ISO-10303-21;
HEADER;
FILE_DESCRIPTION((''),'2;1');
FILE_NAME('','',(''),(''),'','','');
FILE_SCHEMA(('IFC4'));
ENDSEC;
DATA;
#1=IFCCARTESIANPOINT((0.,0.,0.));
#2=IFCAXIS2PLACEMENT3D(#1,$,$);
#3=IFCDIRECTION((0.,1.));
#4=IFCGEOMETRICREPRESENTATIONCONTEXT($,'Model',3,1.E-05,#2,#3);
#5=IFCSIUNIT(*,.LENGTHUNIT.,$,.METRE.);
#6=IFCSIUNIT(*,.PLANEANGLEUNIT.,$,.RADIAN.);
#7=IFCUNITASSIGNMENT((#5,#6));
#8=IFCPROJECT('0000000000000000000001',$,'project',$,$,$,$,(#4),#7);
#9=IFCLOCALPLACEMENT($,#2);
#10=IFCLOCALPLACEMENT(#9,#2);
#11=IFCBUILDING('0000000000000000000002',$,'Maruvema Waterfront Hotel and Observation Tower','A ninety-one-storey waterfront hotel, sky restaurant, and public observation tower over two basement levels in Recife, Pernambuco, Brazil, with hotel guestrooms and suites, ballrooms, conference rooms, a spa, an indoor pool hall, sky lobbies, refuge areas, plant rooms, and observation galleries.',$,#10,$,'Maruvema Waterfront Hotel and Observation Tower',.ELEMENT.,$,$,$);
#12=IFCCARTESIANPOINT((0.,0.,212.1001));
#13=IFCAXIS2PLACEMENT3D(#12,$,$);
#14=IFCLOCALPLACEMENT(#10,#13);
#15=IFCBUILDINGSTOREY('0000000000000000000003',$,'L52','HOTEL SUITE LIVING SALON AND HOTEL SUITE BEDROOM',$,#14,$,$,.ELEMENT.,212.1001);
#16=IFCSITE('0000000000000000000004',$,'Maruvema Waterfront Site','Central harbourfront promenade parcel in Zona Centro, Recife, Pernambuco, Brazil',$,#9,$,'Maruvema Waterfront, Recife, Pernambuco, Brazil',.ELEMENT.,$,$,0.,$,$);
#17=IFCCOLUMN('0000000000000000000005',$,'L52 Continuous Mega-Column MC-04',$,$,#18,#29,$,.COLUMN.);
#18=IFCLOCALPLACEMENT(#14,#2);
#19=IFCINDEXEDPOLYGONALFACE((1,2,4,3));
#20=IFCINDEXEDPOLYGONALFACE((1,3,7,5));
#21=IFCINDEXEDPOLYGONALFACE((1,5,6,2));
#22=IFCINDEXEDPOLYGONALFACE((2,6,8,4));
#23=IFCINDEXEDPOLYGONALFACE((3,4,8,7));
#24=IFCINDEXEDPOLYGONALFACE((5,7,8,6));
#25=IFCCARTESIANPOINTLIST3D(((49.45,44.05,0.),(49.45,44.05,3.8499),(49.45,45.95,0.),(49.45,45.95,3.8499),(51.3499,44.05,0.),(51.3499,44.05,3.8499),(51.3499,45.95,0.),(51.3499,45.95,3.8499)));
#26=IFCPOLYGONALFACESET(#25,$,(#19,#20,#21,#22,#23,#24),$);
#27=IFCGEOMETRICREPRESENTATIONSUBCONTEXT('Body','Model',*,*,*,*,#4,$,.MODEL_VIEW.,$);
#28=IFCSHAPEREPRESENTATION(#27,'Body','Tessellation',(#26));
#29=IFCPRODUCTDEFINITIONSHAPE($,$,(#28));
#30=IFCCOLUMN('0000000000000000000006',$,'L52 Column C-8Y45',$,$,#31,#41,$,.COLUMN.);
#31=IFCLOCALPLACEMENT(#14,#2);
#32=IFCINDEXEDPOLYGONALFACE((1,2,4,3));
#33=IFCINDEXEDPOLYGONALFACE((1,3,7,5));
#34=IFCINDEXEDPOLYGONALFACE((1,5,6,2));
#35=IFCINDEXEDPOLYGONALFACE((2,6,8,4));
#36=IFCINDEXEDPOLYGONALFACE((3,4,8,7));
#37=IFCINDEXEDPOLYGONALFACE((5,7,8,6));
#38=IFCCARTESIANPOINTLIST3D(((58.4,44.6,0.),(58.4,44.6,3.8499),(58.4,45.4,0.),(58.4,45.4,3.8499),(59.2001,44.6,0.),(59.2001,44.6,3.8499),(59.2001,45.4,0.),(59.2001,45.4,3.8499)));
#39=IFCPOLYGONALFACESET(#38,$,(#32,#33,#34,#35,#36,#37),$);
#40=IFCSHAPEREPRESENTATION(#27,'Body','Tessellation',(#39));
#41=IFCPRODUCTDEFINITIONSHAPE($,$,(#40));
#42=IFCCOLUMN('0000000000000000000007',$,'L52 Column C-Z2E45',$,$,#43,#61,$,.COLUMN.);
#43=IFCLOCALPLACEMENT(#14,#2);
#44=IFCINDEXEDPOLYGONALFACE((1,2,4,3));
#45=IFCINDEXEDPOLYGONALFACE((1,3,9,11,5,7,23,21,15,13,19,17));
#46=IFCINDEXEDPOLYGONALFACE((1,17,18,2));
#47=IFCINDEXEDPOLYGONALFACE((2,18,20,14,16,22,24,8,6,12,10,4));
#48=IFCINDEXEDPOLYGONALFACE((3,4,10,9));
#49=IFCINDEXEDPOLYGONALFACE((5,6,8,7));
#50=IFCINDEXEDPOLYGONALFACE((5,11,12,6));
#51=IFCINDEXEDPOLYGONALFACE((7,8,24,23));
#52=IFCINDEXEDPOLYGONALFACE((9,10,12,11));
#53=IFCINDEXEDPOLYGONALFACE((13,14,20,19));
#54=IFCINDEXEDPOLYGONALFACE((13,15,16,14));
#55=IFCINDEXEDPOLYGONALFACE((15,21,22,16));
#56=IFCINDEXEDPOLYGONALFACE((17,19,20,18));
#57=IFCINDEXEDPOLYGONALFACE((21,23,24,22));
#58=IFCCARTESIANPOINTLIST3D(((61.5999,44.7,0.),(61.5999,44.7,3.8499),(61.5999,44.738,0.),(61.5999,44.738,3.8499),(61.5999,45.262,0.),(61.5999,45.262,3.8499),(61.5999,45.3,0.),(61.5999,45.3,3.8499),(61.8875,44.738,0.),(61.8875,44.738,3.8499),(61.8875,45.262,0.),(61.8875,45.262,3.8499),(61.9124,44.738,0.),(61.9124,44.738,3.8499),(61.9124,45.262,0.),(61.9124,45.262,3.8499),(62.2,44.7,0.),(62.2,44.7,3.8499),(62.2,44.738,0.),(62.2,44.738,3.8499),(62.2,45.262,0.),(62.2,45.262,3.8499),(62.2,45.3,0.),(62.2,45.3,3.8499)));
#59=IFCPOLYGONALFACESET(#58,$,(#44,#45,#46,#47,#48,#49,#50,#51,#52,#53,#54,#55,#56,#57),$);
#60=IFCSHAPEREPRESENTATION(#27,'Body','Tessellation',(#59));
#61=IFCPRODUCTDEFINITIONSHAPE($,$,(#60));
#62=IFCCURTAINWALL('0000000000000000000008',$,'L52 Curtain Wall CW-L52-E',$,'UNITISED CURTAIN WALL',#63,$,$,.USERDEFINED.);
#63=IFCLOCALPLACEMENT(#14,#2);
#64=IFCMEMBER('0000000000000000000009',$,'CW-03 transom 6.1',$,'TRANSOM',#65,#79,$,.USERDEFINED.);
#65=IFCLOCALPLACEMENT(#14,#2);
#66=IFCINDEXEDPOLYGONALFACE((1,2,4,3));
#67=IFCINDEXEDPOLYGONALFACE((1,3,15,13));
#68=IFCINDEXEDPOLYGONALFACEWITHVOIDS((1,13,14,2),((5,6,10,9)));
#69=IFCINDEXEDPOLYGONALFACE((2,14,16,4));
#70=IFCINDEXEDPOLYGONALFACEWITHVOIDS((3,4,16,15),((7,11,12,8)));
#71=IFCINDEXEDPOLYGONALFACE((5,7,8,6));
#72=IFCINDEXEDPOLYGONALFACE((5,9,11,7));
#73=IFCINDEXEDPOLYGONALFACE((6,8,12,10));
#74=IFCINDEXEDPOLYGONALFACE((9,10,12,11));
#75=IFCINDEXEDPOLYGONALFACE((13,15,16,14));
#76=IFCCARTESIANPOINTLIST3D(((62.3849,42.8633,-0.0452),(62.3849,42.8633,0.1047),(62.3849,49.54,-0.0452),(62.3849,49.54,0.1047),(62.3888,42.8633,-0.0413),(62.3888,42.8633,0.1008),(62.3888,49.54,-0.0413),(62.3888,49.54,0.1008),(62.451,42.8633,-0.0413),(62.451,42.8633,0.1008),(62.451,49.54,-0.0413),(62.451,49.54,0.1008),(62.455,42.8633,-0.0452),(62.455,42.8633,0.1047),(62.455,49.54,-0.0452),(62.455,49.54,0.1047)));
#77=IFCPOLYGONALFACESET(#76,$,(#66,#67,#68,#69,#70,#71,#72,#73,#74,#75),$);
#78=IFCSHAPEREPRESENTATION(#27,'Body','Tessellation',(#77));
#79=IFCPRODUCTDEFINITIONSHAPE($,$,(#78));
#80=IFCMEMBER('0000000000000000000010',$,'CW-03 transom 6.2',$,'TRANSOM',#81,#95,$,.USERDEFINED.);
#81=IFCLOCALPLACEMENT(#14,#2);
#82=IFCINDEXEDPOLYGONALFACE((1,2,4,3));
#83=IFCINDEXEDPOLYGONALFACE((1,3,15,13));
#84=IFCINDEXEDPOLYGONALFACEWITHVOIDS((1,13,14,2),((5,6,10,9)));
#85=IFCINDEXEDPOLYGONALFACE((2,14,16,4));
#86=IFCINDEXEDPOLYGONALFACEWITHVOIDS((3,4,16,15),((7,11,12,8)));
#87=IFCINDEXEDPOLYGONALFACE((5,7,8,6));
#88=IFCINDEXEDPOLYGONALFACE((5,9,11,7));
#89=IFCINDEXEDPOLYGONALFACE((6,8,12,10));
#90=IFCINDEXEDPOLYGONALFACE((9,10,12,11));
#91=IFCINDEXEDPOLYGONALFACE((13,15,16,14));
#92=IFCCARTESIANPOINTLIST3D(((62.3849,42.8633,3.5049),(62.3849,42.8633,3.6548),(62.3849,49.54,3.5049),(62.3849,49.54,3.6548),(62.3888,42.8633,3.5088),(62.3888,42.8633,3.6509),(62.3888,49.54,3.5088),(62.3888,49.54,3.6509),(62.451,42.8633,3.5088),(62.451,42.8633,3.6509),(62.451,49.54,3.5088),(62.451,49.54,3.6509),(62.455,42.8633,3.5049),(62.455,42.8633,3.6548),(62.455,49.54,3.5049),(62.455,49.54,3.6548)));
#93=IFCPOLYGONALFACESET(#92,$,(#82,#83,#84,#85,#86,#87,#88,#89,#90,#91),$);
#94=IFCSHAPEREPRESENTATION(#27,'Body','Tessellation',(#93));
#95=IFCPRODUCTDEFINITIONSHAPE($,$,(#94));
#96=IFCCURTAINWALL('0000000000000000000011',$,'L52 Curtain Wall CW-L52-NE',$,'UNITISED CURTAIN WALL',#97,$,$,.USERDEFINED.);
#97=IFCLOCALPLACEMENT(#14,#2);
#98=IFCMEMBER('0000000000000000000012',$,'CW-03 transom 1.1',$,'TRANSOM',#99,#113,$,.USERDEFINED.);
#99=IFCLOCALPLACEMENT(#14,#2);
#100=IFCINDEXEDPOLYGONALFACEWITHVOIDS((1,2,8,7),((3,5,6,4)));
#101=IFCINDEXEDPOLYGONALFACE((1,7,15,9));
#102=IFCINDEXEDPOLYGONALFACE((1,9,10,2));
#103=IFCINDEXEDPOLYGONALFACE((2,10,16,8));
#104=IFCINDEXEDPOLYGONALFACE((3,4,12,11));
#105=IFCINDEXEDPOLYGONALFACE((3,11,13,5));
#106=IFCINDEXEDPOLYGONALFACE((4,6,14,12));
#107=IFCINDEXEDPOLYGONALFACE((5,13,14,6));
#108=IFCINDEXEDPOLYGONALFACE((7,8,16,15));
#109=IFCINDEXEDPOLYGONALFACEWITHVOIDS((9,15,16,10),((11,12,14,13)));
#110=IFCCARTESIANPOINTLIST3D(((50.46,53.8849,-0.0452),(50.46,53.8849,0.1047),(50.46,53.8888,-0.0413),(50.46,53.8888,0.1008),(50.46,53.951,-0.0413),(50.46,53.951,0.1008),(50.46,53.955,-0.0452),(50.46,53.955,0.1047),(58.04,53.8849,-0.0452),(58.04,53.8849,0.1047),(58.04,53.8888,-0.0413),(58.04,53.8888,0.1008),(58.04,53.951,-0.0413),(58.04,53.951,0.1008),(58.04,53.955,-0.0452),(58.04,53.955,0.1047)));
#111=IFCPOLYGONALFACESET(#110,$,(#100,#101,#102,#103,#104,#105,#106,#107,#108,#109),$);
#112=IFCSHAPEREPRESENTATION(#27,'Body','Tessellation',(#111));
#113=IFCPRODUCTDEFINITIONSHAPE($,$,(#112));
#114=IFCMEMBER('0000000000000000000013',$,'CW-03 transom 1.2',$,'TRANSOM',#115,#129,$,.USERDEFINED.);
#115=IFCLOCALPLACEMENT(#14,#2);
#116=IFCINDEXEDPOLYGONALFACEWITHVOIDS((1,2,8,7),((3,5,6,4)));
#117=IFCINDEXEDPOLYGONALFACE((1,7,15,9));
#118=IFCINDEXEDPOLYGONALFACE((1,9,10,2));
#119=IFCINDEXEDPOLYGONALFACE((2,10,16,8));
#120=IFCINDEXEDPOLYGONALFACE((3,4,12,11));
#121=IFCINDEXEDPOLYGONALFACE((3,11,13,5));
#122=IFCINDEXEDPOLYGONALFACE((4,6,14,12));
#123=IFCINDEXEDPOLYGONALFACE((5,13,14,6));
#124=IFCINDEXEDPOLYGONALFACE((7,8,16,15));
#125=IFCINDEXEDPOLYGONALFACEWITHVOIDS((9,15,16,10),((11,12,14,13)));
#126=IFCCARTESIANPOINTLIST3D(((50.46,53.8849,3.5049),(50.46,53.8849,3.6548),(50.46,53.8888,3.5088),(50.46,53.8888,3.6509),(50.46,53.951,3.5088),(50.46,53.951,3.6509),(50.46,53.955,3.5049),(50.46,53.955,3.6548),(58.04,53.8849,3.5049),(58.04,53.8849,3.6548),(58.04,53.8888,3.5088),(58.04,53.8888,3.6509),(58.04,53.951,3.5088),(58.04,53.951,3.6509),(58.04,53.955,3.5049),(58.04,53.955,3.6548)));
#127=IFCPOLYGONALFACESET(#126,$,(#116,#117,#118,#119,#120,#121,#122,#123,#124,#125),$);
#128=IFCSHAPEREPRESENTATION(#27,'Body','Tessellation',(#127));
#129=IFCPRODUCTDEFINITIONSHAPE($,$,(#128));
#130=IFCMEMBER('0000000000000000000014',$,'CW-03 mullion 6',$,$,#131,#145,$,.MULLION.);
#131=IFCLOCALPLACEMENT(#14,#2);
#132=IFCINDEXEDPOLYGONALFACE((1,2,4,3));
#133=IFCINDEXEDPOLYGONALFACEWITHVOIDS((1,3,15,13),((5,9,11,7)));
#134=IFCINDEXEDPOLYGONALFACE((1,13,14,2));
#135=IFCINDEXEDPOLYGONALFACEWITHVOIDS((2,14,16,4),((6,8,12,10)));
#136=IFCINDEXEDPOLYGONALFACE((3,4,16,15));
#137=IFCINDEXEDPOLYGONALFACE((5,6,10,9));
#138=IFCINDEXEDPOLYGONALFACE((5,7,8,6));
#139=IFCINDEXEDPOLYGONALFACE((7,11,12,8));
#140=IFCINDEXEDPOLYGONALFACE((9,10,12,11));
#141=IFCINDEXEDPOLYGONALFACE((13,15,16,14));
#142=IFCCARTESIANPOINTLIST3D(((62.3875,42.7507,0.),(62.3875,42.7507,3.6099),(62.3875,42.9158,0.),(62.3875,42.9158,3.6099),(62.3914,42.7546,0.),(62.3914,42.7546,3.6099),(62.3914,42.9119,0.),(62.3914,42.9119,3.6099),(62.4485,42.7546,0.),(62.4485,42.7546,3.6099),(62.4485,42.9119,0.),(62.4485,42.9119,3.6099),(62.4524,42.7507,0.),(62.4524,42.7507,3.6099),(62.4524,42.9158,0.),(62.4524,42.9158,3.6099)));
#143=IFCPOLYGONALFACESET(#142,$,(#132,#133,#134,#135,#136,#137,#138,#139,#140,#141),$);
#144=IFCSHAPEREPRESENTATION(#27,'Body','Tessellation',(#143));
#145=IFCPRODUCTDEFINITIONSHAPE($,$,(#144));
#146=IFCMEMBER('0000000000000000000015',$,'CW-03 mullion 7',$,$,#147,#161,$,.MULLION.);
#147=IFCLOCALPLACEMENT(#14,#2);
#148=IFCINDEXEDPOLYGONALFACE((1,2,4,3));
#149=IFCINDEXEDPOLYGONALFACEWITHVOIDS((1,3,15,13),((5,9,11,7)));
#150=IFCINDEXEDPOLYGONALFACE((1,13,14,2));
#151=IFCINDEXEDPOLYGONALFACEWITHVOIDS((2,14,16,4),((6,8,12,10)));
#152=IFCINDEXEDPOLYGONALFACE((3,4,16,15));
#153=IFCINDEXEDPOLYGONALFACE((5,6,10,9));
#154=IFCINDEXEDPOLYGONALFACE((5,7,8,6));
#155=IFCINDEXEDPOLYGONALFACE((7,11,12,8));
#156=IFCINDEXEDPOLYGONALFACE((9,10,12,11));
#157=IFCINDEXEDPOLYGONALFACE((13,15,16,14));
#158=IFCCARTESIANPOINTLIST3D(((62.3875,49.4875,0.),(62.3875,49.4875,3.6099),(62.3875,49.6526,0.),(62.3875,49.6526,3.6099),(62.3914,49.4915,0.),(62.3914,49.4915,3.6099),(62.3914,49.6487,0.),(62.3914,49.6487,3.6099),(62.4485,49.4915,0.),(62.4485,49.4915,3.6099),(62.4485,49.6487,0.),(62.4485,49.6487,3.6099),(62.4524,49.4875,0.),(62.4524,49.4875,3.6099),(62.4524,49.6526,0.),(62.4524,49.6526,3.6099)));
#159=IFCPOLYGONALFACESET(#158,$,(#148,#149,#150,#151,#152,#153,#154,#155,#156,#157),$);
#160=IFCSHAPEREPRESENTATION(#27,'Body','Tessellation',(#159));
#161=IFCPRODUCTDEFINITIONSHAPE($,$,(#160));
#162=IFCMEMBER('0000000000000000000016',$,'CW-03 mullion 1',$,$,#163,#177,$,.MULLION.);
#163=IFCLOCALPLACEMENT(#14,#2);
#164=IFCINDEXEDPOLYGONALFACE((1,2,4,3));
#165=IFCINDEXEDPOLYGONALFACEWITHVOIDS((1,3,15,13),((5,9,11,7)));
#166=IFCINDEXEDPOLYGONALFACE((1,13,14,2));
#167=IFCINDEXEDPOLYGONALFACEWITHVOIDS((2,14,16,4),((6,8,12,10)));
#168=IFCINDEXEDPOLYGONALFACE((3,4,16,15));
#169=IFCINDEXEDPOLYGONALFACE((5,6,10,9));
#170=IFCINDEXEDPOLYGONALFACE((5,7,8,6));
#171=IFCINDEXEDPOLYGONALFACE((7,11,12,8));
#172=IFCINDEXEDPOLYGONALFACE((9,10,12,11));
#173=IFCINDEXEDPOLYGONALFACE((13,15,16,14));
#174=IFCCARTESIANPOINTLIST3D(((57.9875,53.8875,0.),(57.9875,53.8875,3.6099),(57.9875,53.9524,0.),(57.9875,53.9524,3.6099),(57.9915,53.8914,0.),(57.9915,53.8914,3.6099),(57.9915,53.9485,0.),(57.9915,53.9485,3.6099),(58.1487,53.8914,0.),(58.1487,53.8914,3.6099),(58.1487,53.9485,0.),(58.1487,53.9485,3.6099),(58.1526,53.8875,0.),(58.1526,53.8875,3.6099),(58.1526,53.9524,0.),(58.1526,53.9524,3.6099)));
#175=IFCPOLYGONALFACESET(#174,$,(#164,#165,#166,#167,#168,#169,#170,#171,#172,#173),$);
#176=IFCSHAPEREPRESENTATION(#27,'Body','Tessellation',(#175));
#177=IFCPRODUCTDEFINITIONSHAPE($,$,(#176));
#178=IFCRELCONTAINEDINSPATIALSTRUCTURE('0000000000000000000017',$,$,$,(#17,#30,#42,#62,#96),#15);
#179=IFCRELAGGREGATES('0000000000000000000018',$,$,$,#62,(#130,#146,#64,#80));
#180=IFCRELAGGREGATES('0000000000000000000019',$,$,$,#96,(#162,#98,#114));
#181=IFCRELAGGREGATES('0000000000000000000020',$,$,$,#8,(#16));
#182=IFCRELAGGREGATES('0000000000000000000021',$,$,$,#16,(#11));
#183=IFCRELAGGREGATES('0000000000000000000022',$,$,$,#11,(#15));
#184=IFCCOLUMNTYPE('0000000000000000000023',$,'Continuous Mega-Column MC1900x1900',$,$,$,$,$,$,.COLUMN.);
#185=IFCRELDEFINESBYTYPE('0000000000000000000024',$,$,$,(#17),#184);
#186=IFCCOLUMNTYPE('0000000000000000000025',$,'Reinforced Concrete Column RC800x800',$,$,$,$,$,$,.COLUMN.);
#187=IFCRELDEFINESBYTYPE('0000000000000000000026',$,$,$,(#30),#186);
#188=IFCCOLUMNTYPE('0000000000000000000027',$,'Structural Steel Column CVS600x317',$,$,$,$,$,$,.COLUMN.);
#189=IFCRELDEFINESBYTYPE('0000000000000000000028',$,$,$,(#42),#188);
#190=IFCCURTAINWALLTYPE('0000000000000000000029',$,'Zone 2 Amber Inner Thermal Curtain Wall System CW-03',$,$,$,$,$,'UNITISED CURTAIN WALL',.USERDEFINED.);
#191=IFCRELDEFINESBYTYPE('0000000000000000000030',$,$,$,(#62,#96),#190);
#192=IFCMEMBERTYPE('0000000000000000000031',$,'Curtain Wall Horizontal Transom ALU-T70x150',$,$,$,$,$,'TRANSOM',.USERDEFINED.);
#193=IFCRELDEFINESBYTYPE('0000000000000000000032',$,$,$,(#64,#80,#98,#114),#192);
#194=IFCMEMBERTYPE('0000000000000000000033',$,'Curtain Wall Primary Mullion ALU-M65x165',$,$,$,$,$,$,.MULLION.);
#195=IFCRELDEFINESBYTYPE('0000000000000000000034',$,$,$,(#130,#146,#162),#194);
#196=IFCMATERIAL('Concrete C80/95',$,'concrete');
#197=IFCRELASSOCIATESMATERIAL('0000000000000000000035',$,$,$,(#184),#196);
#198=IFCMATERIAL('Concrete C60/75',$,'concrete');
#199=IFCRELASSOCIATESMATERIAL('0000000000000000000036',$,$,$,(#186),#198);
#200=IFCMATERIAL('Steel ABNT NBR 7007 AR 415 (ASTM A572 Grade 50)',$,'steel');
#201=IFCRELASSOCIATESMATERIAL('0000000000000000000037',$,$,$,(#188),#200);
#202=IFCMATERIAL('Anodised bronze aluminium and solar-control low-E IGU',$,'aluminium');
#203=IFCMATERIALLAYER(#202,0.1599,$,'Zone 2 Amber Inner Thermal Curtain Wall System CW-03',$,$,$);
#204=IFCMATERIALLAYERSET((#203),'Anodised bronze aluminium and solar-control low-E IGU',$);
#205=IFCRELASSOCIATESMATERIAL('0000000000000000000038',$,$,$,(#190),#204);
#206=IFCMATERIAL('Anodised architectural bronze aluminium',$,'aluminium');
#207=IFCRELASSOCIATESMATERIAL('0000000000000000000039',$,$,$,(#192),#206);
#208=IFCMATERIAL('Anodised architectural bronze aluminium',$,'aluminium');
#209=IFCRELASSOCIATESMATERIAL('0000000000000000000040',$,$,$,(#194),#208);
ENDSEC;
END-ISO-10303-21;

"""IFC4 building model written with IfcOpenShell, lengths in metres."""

from ifc_helpers import new_model, si_unit, direction, frame, origin, origin_2d, place, context, subcontext, project, spatial, rectangle, hollow_rectangle, i_section, extrude, material, layer, layer_set, material_profile, profile_set, type_object, element, aggregate, save


model = new_model("IFC4")

# Units and contexts
model_context = context("Model", 3, precision=1e-05, world=origin(), true_north=direction((0.0, 1.0)))
body_context = subcontext(model_context, "Body", "Model", "MODEL_VIEW")
ifc_project = project(units=[si_unit("LENGTHUNIT", "METRE"), si_unit("PLANEANGLEUNIT", "RADIAN")], contexts=[model_context])

# Site, building, storey
site_placement = place(None, origin())
site = spatial("IfcSite", under=ifc_project, at=site_placement, Name="Maruvema Waterfront Site", Description="Central harbourfront promenade parcel in Zona Centro, Recife, Pernambuco, Brazil", LongName="Maruvema Waterfront, Recife, Pernambuco, Brazil", CompositionType="ELEMENT", RefElevation=0.0)
building_placement = place(site_placement, origin())
building = spatial("IfcBuilding", under=site, at=building_placement, Name="Maruvema Waterfront Hotel and Observation Tower", Description="A ninety-one-storey waterfront hotel, sky restaurant, and public observation tower over two basement levels in Recife, Pernambuco, Brazil, with hotel guestrooms and suites, ballrooms, conference rooms, a spa, an indoor pool hall, sky lobbies, refuge areas, plant rooms, and observation galleries.", LongName="Maruvema Waterfront Hotel and Observation Tower", CompositionType="ELEMENT")
storey_placement = place(building_placement, frame((0.0, 0.0, 212.1001)))
storey = spatial("IfcBuildingStorey", under=building, at=storey_placement, Name="L52", Description="HOTEL SUITE LIVING SALON AND HOTEL SUITE BEDROOM", CompositionType="ELEMENT", Elevation=212.1001)

# Columns
ifc_material_1 = material(Name="Concrete C80/95", Category="concrete")
ifc_material_profile_1 = material_profile(ifc_material_1, rectangle(XDim=1.8999, YDim=1.8999, at=origin_2d()), Name="MC1900x1900")
ifc_profile_set_1 = profile_set([ifc_material_profile_1], Name="Concrete C80/95")
column_type_1 = type_object("IfcColumnType", Name="Continuous Mega-Column MC1900x1900", PredefinedType="COLUMN", material=ifc_profile_set_1)
column_1_placement = place(storey_placement, frame((50.3999, 45.0, 0.0), z_axis=(0.0, 0.0, 1.0), x_axis=(1.0, 0.0, 0.0)))
element("IfcColumn", 1, at=column_1_placement, inside=storey, type_object=column_type_1, Name="L52 Continuous Mega-Column MC-04", PredefinedType="COLUMN", context=body_context, shape_type="SweptSolid", body=[
    extrude(rectangle(XDim=1.8999, YDim=1.8999, at=origin_2d()), origin(), (0.0, 0.0, 1.0), 3.8499),
])
ifc_material_2 = material(Name="Concrete C60/75", Category="concrete")
ifc_material_profile_2 = material_profile(ifc_material_2, rectangle(XDim=0.8, YDim=0.8, at=origin_2d()), Name="RC800x800")
ifc_profile_set_2 = profile_set([ifc_material_profile_2], Name="Concrete C60/75")
column_type_2 = type_object("IfcColumnType", Name="Reinforced Concrete Column RC800x800", PredefinedType="COLUMN", material=ifc_profile_set_2)
column_2_placement = place(storey_placement, frame((58.8, 45.0, 0.0), z_axis=(0.0, 0.0, 1.0), x_axis=(1.0, 0.0, 0.0)))
element("IfcColumn", 2, at=column_2_placement, inside=storey, type_object=column_type_2, Name="L52 Column C-8Y45", PredefinedType="COLUMN", context=body_context, shape_type="SweptSolid", body=[
    extrude(rectangle(XDim=0.8, YDim=0.8, at=origin_2d()), origin(), (0.0, 0.0, 1.0), 3.8499),
])
ifc_material_3 = material(Name="Steel ABNT NBR 7007 AR 415 (ASTM A572 Grade 50)", Category="steel")
ifc_material_profile_3 = material_profile(ifc_material_3, i_section(OverallWidth=0.6001, OverallDepth=0.6001, WebThickness=0.0249, FlangeThickness=0.0381, at=origin_2d()), Name="CVS600x317")
ifc_profile_set_3 = profile_set([ifc_material_profile_3], Name="Steel ABNT NBR 7007 AR 415 (ASTM A572 Grade 50)")
column_type_3 = type_object("IfcColumnType", Name="Structural Steel Column CVS600x317", PredefinedType="COLUMN", material=ifc_profile_set_3)
column_3_placement = place(storey_placement, frame((61.8999, 45.0, 0.0), z_axis=(0.0, 0.0, 1.0), x_axis=(1.0, 0.0, 0.0)))
element("IfcColumn", 3, at=column_3_placement, inside=storey, type_object=column_type_3, Name="L52 Column C-Z2E45", PredefinedType="COLUMN", context=body_context, shape_type="SweptSolid", body=[
    extrude(i_section(OverallWidth=0.6001, OverallDepth=0.6001, WebThickness=0.0249, FlangeThickness=0.0381, at=origin_2d()), origin(), (0.0, 0.0, 1.0), 3.8499),
])

# Curtain walls, members
ifc_material_4 = material(Name="Anodised bronze aluminium and solar-control low-E IGU", Category="aluminium")
ifc_layer_1 = layer(ifc_material_4, 0.1599, Name="Zone 2 Amber Inner Thermal Curtain Wall System CW-03")
ifc_layer_set_1 = layer_set([ifc_layer_1], Name="Anodised bronze aluminium and solar-control low-E IGU")
curtain_wall_type = type_object("IfcCurtainWallType", Name="Zone 2 Amber Inner Thermal Curtain Wall System CW-03", ElementType="UNITISED CURTAIN WALL", PredefinedType="USERDEFINED", material=ifc_layer_set_1)
curtain_wall_1_placement = place(storey_placement, origin())
curtain_wall_1 = element("IfcCurtainWall", 4, at=curtain_wall_1_placement, inside=storey, type_object=curtain_wall_type, Name="L52 Curtain Wall CW-L52-E", ObjectType="UNITISED CURTAIN WALL", PredefinedType="USERDEFINED")
ifc_material_5 = material(Name="Anodised architectural bronze aluminium", Category="aluminium")
ifc_material_profile_4 = material_profile(ifc_material_5, hollow_rectangle(XDim=0.0701, YDim=0.1499, WallThickness=0.0039, at=origin_2d()), Name="ALU-T70x150")
ifc_profile_set_4 = profile_set([ifc_material_profile_4], Name="Anodised architectural bronze aluminium")
member_type_1 = type_object("IfcMemberType", Name="Curtain Wall Horizontal Transom ALU-T70x150", ElementType="TRANSOM", PredefinedType="USERDEFINED", material=ifc_profile_set_4)
member_1_placement = place(storey_placement, frame((62.4199, 42.8633, 0.0298), z_axis=(0.0, 1.0, 0.0), x_axis=(-1.0, 0.0, 0.0)))
member_1 = element("IfcMember", 5, at=member_1_placement, type_object=member_type_1, Name="CW-03 transom 6.1", ObjectType="TRANSOM", PredefinedType="USERDEFINED", context=body_context, shape_type="SweptSolid", body=[
    extrude(hollow_rectangle(XDim=0.0701, YDim=0.1499, WallThickness=0.0039, at=origin_2d()), origin(), (0.0, 0.0, 1.0), 6.6768),
])
member_2_placement = place(storey_placement, frame((62.4199, 42.8633, 3.5798), z_axis=(0.0, 1.0, 0.0), x_axis=(-1.0, 0.0, 0.0)))
member_2 = element("IfcMember", 6, at=member_2_placement, type_object=member_type_1, Name="CW-03 transom 6.2", ObjectType="TRANSOM", PredefinedType="USERDEFINED", context=body_context, shape_type="SweptSolid", body=[
    extrude(hollow_rectangle(XDim=0.0701, YDim=0.1499, WallThickness=0.0039, at=origin_2d()), origin(), (0.0, 0.0, 1.0), 6.6768),
])
curtain_wall_2_placement = place(storey_placement, origin())
curtain_wall_2 = element("IfcCurtainWall", 7, at=curtain_wall_2_placement, inside=storey, type_object=curtain_wall_type, Name="L52 Curtain Wall CW-L52-NE", ObjectType="UNITISED CURTAIN WALL", PredefinedType="USERDEFINED")
member_3_placement = place(storey_placement, frame((58.04, 53.9199, 0.0298), z_axis=(-1.0, 0.0, 0.0), x_axis=(0.0, -1.0, 0.0)))
member_3 = element("IfcMember", 8, at=member_3_placement, type_object=member_type_1, Name="CW-03 transom 1.1", ObjectType="TRANSOM", PredefinedType="USERDEFINED", context=body_context, shape_type="SweptSolid", body=[
    extrude(hollow_rectangle(XDim=0.0701, YDim=0.1499, WallThickness=0.0039, at=origin_2d()), origin(), (0.0, 0.0, 1.0), 7.5801),
])
member_4_placement = place(storey_placement, frame((58.04, 53.9199, 3.5798), z_axis=(-1.0, 0.0, 0.0), x_axis=(0.0, -1.0, 0.0)))
member_4 = element("IfcMember", 9, at=member_4_placement, type_object=member_type_1, Name="CW-03 transom 1.2", ObjectType="TRANSOM", PredefinedType="USERDEFINED", context=body_context, shape_type="SweptSolid", body=[
    extrude(hollow_rectangle(XDim=0.0701, YDim=0.1499, WallThickness=0.0039, at=origin_2d()), origin(), (0.0, 0.0, 1.0), 7.5801),
])

# Members
ifc_material_6 = material(Name="Anodised architectural bronze aluminium", Category="aluminium")
ifc_material_profile_5 = material_profile(ifc_material_6, hollow_rectangle(XDim=0.0649, YDim=0.165, WallThickness=0.0039, at=origin_2d()), Name="ALU-M65x165")
ifc_profile_set_5 = profile_set([ifc_material_profile_5], Name="Anodised architectural bronze aluminium")
member_type_2 = type_object("IfcMemberType", Name="Curtain Wall Primary Mullion ALU-M65x165", PredefinedType="MULLION", material=ifc_profile_set_5)
member_5_placement = place(storey_placement, frame((62.4199, 42.8333, 0.0), z_axis=(0.0, 0.0, 1.0), x_axis=(-1.0, 0.0, 0.0)))
member_5 = element("IfcMember", 10, at=member_5_placement, type_object=member_type_2, Name="CW-03 mullion 6", PredefinedType="MULLION", context=body_context, shape_type="SweptSolid", body=[
    extrude(hollow_rectangle(XDim=0.0649, YDim=0.165, WallThickness=0.0039, at=origin_2d()), origin(), (0.0, 0.0, 1.0), 3.6099),
])
member_6_placement = place(storey_placement, frame((62.4199, 49.5701, 0.0), z_axis=(0.0, 0.0, 1.0), x_axis=(-1.0, 0.0, 0.0)))
member_6 = element("IfcMember", 11, at=member_6_placement, type_object=member_type_2, Name="CW-03 mullion 7", PredefinedType="MULLION", context=body_context, shape_type="SweptSolid", body=[
    extrude(hollow_rectangle(XDim=0.0649, YDim=0.165, WallThickness=0.0039, at=origin_2d()), origin(), (0.0, 0.0, 1.0), 3.6099),
])
member_7_placement = place(storey_placement, frame((58.0701, 53.9199, 0.0), z_axis=(0.0, 0.0, 1.0), x_axis=(0.0, -1.0, 0.0)))
member_7 = element("IfcMember", 12, at=member_7_placement, type_object=member_type_2, Name="CW-03 mullion 1", PredefinedType="MULLION", context=body_context, shape_type="SweptSolid", body=[
    extrude(hollow_rectangle(XDim=0.0649, YDim=0.165, WallThickness=0.0039, at=origin_2d()), origin(), (0.0, 0.0, 1.0), 3.6099),
])

aggregate(curtain_wall_1, [member_5, member_6, member_1, member_2])
aggregate(curtain_wall_2, [member_7, member_3, member_4])

save(model, "model.ifc")
